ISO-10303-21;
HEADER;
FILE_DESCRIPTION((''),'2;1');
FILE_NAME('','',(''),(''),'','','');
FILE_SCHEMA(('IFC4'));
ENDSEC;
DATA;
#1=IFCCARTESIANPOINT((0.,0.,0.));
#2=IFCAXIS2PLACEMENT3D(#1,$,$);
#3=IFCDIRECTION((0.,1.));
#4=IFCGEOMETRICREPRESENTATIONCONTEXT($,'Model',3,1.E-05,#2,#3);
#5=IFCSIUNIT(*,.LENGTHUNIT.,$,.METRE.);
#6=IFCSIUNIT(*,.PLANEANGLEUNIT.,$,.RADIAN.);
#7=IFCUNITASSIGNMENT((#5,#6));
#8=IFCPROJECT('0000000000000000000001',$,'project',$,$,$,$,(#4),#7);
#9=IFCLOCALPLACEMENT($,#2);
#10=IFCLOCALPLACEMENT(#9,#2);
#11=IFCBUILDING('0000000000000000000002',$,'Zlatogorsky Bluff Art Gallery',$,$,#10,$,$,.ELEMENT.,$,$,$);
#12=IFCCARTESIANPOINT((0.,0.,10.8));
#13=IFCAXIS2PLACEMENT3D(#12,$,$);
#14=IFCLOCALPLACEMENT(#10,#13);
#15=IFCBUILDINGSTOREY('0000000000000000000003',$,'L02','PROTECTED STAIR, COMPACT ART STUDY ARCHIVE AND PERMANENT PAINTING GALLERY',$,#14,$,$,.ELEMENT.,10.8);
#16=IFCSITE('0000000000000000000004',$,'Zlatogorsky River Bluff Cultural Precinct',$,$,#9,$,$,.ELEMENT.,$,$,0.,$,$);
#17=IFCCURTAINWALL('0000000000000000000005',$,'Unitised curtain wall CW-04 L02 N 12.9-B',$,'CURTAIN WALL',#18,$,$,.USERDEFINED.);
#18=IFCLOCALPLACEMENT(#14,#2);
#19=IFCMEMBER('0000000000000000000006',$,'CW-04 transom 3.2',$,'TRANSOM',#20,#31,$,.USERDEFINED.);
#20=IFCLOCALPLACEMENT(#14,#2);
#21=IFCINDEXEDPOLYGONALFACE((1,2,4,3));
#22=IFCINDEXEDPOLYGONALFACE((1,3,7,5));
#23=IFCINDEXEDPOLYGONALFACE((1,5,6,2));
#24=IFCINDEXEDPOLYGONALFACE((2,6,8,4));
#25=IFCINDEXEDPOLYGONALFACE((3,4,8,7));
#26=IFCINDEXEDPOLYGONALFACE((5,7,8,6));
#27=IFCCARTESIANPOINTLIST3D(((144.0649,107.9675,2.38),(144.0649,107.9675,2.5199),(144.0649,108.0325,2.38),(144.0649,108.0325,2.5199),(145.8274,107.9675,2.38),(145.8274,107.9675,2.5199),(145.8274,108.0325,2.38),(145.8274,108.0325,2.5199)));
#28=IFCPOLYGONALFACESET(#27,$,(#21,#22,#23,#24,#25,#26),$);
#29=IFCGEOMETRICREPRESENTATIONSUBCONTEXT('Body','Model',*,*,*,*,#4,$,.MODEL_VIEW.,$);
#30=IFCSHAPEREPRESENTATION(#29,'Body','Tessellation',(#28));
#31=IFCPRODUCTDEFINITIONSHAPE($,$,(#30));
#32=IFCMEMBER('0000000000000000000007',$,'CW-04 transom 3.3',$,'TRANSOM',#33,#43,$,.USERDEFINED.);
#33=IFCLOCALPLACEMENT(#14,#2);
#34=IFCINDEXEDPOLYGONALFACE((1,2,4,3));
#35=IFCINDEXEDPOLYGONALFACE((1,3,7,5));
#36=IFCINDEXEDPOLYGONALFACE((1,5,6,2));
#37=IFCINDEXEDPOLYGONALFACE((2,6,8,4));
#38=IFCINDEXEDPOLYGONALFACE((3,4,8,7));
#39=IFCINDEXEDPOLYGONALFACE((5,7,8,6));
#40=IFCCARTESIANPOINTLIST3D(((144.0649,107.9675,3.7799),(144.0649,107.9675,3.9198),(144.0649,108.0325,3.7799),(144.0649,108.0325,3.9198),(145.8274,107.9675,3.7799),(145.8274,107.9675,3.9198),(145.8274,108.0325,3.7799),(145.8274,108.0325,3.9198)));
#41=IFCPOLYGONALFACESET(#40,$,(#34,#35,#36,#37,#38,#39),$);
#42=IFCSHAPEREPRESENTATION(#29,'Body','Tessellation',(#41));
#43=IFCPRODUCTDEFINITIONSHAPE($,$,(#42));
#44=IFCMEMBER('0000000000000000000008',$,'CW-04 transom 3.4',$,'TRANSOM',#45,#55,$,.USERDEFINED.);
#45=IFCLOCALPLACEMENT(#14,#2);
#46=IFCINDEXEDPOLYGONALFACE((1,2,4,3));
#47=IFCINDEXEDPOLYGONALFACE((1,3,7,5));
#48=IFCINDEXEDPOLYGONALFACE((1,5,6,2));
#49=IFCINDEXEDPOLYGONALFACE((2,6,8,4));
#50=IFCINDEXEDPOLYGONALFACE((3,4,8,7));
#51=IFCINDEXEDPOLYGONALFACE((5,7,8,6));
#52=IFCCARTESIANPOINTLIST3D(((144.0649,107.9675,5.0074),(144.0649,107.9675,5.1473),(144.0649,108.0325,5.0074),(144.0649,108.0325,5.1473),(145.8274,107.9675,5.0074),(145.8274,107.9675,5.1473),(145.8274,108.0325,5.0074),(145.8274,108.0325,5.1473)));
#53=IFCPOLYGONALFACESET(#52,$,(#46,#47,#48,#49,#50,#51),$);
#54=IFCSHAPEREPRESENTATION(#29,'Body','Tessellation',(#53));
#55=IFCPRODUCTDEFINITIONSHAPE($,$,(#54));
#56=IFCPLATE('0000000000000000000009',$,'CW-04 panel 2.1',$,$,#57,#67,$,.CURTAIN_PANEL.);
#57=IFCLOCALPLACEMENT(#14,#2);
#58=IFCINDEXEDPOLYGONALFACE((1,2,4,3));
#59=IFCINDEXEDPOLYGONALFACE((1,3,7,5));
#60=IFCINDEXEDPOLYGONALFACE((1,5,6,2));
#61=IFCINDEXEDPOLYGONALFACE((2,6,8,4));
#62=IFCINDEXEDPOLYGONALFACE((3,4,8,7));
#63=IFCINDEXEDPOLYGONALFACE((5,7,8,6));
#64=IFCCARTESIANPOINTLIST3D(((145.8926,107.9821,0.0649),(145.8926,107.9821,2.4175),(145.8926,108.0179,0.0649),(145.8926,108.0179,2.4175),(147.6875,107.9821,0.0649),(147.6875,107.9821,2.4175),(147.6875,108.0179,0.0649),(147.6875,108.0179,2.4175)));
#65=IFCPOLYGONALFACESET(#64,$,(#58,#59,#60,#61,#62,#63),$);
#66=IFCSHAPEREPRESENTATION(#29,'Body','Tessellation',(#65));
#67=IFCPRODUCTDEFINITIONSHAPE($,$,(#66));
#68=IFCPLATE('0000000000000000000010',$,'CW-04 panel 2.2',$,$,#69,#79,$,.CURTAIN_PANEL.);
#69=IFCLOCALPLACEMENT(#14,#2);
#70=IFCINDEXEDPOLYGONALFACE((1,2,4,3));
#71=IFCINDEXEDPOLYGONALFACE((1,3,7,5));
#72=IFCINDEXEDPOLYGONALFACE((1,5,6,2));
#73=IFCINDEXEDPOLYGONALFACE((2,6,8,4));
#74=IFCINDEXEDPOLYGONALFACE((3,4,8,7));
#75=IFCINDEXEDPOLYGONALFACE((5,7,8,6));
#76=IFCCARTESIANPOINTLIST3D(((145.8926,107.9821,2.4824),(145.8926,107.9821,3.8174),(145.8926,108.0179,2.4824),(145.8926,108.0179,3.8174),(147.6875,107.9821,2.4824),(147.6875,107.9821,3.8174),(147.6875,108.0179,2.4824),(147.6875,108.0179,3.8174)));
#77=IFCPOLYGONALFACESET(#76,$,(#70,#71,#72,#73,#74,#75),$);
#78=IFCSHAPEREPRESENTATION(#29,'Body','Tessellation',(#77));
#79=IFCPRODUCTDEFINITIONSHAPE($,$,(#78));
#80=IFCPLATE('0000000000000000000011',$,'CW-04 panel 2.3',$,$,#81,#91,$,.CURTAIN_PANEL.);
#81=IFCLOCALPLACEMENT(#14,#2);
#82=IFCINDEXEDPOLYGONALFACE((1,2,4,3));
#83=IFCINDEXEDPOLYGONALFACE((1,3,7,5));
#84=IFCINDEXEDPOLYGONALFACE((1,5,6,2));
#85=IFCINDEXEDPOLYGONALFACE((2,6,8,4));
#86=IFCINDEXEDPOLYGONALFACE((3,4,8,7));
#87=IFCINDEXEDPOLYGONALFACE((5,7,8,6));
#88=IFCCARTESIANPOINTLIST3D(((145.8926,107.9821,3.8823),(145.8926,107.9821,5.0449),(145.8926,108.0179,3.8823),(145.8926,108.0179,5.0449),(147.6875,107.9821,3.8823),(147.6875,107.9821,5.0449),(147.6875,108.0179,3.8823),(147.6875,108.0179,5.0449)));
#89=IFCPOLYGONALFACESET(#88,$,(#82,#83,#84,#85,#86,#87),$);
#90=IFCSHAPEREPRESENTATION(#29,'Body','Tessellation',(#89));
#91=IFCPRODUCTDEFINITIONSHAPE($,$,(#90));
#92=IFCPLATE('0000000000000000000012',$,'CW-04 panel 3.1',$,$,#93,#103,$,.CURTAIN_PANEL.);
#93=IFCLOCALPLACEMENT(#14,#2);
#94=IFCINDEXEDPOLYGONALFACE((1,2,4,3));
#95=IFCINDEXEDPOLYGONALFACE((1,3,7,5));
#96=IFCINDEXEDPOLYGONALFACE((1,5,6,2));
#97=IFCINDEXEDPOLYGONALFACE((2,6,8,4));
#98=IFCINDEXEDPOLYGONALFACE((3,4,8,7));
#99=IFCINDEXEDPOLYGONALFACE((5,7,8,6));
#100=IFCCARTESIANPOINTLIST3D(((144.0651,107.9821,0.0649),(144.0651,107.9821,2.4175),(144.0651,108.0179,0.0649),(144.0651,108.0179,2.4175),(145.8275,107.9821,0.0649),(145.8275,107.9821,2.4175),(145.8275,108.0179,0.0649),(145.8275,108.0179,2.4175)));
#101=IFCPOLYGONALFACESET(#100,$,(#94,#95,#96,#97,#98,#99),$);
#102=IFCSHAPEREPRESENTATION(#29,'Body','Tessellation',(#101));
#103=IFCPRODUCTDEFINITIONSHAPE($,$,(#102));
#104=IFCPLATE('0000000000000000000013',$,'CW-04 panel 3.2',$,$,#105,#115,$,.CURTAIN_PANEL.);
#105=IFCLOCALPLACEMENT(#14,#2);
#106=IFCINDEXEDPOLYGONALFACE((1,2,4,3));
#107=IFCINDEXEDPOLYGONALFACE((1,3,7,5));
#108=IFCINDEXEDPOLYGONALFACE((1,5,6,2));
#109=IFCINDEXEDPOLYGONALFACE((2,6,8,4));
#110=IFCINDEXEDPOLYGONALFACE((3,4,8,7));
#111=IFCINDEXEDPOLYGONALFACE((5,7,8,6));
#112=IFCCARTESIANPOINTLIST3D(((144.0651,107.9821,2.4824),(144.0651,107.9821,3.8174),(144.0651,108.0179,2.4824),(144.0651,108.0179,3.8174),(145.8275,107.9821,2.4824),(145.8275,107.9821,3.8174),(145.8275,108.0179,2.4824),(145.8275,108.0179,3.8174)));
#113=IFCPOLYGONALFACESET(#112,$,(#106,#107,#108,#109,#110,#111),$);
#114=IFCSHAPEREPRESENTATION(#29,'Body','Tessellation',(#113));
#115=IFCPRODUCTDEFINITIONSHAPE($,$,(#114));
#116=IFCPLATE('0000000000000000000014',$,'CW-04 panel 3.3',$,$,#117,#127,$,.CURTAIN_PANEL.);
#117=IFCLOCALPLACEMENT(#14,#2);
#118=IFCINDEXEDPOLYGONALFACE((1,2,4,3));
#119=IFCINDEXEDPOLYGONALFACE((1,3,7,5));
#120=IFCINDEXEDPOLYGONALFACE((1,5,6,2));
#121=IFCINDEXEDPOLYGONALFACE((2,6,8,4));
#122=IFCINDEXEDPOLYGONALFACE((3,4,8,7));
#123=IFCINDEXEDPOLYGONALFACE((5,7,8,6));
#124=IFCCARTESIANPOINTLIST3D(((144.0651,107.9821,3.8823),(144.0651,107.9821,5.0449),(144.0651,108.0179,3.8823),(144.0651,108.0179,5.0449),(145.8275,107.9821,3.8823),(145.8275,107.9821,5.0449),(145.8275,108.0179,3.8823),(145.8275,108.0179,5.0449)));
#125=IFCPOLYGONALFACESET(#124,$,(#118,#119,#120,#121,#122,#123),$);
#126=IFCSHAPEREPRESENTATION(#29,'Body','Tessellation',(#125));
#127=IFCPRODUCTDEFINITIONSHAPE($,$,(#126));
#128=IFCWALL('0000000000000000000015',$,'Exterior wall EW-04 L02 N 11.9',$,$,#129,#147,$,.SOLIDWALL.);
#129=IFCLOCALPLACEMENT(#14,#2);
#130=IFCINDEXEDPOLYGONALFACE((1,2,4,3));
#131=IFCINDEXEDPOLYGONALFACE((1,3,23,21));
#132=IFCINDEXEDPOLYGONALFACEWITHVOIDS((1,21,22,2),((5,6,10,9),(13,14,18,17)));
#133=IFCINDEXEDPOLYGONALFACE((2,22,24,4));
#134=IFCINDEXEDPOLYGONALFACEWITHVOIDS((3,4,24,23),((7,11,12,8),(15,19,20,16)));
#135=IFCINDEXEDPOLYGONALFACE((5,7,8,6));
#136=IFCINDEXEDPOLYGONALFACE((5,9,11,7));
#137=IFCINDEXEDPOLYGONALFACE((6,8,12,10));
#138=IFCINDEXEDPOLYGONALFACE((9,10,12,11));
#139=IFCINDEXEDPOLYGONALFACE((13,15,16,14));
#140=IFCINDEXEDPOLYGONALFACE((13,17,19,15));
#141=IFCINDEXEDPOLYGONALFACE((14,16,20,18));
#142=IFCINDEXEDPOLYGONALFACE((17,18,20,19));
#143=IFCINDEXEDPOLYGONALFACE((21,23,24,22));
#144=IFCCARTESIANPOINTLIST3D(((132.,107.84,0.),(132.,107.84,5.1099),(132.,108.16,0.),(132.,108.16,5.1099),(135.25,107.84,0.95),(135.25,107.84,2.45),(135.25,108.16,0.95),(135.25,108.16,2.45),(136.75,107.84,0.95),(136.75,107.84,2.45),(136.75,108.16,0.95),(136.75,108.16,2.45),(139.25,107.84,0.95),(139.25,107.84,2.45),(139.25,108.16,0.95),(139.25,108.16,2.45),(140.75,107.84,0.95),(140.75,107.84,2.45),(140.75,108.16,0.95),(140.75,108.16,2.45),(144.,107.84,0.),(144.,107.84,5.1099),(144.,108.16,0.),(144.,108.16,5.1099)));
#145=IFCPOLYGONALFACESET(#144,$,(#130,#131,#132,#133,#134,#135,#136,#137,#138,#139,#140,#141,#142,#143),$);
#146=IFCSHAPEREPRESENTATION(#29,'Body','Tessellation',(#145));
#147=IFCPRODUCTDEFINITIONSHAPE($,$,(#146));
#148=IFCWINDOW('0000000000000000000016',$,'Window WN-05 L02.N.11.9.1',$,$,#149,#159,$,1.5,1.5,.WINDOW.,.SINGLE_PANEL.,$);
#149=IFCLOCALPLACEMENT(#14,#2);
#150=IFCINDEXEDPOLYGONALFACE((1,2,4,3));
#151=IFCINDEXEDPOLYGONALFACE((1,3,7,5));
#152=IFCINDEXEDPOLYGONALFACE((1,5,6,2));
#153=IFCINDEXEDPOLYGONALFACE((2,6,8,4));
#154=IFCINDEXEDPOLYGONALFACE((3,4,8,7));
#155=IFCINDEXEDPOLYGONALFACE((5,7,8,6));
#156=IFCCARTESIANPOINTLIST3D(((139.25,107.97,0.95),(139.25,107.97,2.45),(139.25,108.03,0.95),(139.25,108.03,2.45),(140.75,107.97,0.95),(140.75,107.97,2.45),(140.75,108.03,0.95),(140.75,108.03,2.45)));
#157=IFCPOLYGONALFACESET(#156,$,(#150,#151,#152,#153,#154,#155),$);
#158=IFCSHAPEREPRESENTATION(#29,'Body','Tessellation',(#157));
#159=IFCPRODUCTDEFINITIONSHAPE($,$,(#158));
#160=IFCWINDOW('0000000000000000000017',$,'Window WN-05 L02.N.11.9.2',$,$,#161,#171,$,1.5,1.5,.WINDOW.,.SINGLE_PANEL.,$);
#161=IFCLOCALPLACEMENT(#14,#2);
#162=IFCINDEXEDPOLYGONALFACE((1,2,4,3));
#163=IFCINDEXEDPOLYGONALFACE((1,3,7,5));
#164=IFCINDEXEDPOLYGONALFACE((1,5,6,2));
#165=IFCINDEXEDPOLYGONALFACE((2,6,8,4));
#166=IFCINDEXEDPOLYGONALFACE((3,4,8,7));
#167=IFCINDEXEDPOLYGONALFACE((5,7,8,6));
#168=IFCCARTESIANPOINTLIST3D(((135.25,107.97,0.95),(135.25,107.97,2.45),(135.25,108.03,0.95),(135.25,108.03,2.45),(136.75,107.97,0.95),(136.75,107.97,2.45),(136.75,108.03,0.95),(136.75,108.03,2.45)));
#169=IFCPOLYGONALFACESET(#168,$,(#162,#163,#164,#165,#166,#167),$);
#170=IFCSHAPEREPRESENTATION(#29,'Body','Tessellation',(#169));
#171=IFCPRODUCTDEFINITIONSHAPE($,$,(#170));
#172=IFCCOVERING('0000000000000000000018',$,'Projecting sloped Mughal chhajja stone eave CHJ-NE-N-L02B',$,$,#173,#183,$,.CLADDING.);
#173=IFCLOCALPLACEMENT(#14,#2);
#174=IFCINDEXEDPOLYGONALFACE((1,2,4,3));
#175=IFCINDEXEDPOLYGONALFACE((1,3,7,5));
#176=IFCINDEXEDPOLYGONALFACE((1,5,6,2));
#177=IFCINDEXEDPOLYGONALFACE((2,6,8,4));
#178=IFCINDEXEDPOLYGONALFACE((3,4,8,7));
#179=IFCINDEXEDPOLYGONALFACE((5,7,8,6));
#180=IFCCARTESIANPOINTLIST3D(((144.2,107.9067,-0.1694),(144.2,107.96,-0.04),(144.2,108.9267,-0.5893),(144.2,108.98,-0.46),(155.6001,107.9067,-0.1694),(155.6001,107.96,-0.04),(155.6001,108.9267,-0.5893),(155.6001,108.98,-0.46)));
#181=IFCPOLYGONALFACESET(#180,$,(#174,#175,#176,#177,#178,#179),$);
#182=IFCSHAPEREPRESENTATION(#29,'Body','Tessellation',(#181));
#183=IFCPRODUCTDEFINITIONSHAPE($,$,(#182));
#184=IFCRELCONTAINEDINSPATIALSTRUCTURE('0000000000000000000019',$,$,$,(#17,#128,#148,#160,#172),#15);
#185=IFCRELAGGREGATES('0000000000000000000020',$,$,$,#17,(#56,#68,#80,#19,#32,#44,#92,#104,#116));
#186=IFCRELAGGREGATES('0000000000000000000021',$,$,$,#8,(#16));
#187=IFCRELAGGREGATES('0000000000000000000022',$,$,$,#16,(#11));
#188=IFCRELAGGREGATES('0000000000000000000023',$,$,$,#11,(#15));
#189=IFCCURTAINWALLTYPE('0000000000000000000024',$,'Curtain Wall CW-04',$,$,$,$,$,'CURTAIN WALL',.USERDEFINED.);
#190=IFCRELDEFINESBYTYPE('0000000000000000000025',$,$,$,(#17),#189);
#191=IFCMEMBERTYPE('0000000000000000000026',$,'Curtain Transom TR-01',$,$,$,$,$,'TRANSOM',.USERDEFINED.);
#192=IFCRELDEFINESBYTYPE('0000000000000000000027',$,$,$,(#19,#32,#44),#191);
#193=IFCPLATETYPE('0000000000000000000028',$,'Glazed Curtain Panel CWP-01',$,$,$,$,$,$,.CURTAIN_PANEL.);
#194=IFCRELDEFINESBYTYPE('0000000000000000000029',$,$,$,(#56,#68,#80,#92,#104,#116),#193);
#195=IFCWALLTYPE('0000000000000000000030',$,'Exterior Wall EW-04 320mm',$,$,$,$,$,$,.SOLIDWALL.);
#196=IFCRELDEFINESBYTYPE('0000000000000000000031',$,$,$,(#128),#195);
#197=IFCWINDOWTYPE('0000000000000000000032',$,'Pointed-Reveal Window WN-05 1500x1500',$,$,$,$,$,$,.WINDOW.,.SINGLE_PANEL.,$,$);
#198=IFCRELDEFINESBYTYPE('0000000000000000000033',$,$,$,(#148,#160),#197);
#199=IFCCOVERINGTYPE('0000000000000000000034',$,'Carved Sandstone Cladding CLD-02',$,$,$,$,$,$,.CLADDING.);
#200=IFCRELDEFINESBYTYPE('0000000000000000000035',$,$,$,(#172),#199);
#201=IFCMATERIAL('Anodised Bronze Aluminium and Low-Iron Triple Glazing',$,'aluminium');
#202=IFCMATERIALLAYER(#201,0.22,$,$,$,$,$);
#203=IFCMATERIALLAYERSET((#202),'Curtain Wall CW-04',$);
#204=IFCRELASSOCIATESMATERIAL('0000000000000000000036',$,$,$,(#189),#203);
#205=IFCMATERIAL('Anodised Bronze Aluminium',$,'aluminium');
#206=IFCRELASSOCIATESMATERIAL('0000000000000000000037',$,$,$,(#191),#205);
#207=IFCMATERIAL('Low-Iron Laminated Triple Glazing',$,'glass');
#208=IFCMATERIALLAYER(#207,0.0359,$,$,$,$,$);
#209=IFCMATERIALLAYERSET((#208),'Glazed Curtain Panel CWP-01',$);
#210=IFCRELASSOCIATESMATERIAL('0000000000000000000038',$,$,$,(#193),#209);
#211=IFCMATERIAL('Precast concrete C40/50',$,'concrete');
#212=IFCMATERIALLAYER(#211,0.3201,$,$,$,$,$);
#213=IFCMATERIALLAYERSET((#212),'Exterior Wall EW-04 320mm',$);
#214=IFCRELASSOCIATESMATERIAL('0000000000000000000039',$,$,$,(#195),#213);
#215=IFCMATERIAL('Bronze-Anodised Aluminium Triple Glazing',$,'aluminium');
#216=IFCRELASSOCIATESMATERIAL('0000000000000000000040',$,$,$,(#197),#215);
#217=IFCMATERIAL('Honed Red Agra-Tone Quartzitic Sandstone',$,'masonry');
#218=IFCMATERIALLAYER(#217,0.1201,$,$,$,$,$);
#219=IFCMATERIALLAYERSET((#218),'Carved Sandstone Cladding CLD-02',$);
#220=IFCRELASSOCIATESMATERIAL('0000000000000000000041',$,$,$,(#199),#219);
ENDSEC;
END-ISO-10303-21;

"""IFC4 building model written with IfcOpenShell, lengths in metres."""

from ifc_helpers import new_model, si_unit, direction, frame, frame_2d, origin, origin_2d, place, context, subcontext, project, spatial, polyline, rectangle, outline, extrude, material, layer, layer_set, material_profile, profile_set, type_object, element, fill, aggregate, save


model = new_model("IFC4")

# Units and contexts
model_context = context("Model", 3, precision=1e-05, world=origin(), true_north=direction((0.0, 1.0)))
body_context = subcontext(model_context, "Body", "Model", "MODEL_VIEW")
ifc_project = project(units=[si_unit("LENGTHUNIT", "METRE"), si_unit("PLANEANGLEUNIT", "RADIAN")], contexts=[model_context])

# Site, building, storey
site_placement = place(None, origin())
site = spatial("IfcSite", under=ifc_project, at=site_placement, Name="Zlatogorsky River Bluff Cultural Precinct", CompositionType="ELEMENT", RefElevation=0.0)
building_placement = place(site_placement, origin())
building = spatial("IfcBuilding", under=site, at=building_placement, Name="Zlatogorsky Bluff Art Gallery", CompositionType="ELEMENT")
storey_placement = place(building_placement, frame((0.0, 0.0, 10.8)))
storey = spatial("IfcBuildingStorey", under=building, at=storey_placement, Name="L02", Description="PROTECTED STAIR, COMPACT ART STUDY ARCHIVE AND PERMANENT PAINTING GALLERY", CompositionType="ELEMENT", Elevation=10.8)

# Curtain wall, members, plates
ifc_material_1 = material(Name="Anodised Bronze Aluminium and Low-Iron Triple Glazing", Category="aluminium")
ifc_layer_1 = layer(ifc_material_1, 0.22)
ifc_layer_set_1 = layer_set([ifc_layer_1], Name="Curtain Wall CW-04")
curtain_wall_type = type_object("IfcCurtainWallType", Name="Curtain Wall CW-04", ElementType="CURTAIN WALL", PredefinedType="USERDEFINED", material=ifc_layer_set_1)
curtain_wall_placement = place(storey_placement, origin())
curtain_wall = element("IfcCurtainWall", 1, at=curtain_wall_placement, inside=storey, type_object=curtain_wall_type, Name="Unitised curtain wall CW-04 L02 N 12.9-B", ObjectType="CURTAIN WALL", PredefinedType="USERDEFINED")
ifc_material_2 = material(Name="Anodised Bronze Aluminium", Category="aluminium")
ifc_material_profile_1 = material_profile(ifc_material_2, rectangle(XDim=0.0649, YDim=0.1399, at=origin_2d()), Name="ALU TRANSOM 65x140")
ifc_profile_set_1 = profile_set([ifc_material_profile_1], Name="Anodised Bronze Aluminium")
member_type_1 = type_object("IfcMemberType", Name="Curtain Transom TR-01", ElementType="TRANSOM", PredefinedType="USERDEFINED", material=ifc_profile_set_1)
member_1_placement = place(storey_placement, frame((145.8274, 108.0, 2.45), z_axis=(-1.0, 0.0, 0.0), x_axis=(0.0, -1.0, 0.0)))
member_1 = element("IfcMember", 2, at=member_1_placement, type_object=member_type_1, Name="CW-04 transom 3.2", ObjectType="TRANSOM", PredefinedType="USERDEFINED", context=body_context, shape_type="SweptSolid", body=[
    extrude(rectangle(XDim=0.0649, YDim=0.1399, at=origin_2d()), origin(), (0.0, 0.0, 1.0), 1.7625),
])
member_2_placement = place(storey_placement, frame((145.8274, 108.0, 3.8499), z_axis=(-1.0, 0.0, 0.0), x_axis=(0.0, -1.0, 0.0)))
member_2 = element("IfcMember", 3, at=member_2_placement, type_object=member_type_1, Name="CW-04 transom 3.3", ObjectType="TRANSOM", PredefinedType="USERDEFINED", context=body_context, shape_type="SweptSolid", body=[
    extrude(rectangle(XDim=0.0649, YDim=0.1399, at=origin_2d()), origin(), (0.0, 0.0, 1.0), 1.7625),
])
member_3_placement = place(storey_placement, frame((145.8274, 108.0, 5.0774), z_axis=(-1.0, 0.0, 0.0), x_axis=(0.0, -1.0, 0.0)))
member_3 = element("IfcMember", 4, at=member_3_placement, type_object=member_type_1, Name="CW-04 transom 3.4", ObjectType="TRANSOM", PredefinedType="USERDEFINED", context=body_context, shape_type="SweptSolid", body=[
    extrude(rectangle(XDim=0.0649, YDim=0.1399, at=origin_2d()), origin(), (0.0, 0.0, 1.0), 1.7625),
])
ifc_material_3 = material(Name="Low-Iron Laminated Triple Glazing", Category="glass")
ifc_layer_2 = layer(ifc_material_3, 0.0359)
ifc_layer_set_2 = layer_set([ifc_layer_2], Name="Glazed Curtain Panel CWP-01")
plate_type = type_object("IfcPlateType", Name="Glazed Curtain Panel CWP-01", PredefinedType="CURTAIN_PANEL", material=ifc_layer_set_2)
plate_1_placement = place(storey_placement, frame((146.79, 108.0, 0.0649), z_axis=(0.0, 0.0, 1.0), x_axis=(-1.0, 0.0, 0.0)))
plate_1 = element("IfcPlate", 5, at=plate_1_placement, type_object=plate_type, Name="CW-04 panel 2.1", PredefinedType="CURTAIN_PANEL", context=body_context, shape_type="SweptSolid", body=[
    extrude(rectangle(XDim=1.7949, YDim=0.0359, at=origin_2d()), origin(), (0.0, 0.0, 1.0), 2.3525),
])
plate_2_placement = place(storey_placement, frame((146.79, 108.0, 2.4824), z_axis=(0.0, 0.0, 1.0), x_axis=(-1.0, 0.0, 0.0)))
plate_2 = element("IfcPlate", 6, at=plate_2_placement, type_object=plate_type, Name="CW-04 panel 2.2", PredefinedType="CURTAIN_PANEL", context=body_context, shape_type="SweptSolid", body=[
    extrude(rectangle(XDim=1.7949, YDim=0.0359, at=origin_2d()), origin(), (0.0, 0.0, 1.0), 1.335),
])
plate_3_placement = place(storey_placement, frame((146.79, 108.0, 3.8823), z_axis=(0.0, 0.0, 1.0), x_axis=(-1.0, 0.0, 0.0)))
plate_3 = element("IfcPlate", 7, at=plate_3_placement, type_object=plate_type, Name="CW-04 panel 2.3", PredefinedType="CURTAIN_PANEL", context=body_context, shape_type="SweptSolid", body=[
    extrude(rectangle(XDim=1.7949, YDim=0.0359, at=origin_2d()), origin(), (0.0, 0.0, 1.0), 1.1626),
])
plate_4_placement = place(storey_placement, frame((144.9463, 108.0, 0.0649), z_axis=(0.0, 0.0, 1.0), x_axis=(-1.0, 0.0, 0.0)))
plate_4 = element("IfcPlate", 8, at=plate_4_placement, type_object=plate_type, Name="CW-04 panel 3.1", PredefinedType="CURTAIN_PANEL", context=body_context, shape_type="SweptSolid", body=[
    extrude(rectangle(XDim=1.7625, YDim=0.0359, at=origin_2d()), origin(), (0.0, 0.0, 1.0), 2.3525),
])
plate_5_placement = place(storey_placement, frame((144.9463, 108.0, 2.4824), z_axis=(0.0, 0.0, 1.0), x_axis=(-1.0, 0.0, 0.0)))
plate_5 = element("IfcPlate", 9, at=plate_5_placement, type_object=plate_type, Name="CW-04 panel 3.2", PredefinedType="CURTAIN_PANEL", context=body_context, shape_type="SweptSolid", body=[
    extrude(rectangle(XDim=1.7625, YDim=0.0359, at=origin_2d()), origin(), (0.0, 0.0, 1.0), 1.335),
])
plate_6_placement = place(storey_placement, frame((144.9463, 108.0, 3.8823), z_axis=(0.0, 0.0, 1.0), x_axis=(-1.0, 0.0, 0.0)))
plate_6 = element("IfcPlate", 10, at=plate_6_placement, type_object=plate_type, Name="CW-04 panel 3.3", PredefinedType="CURTAIN_PANEL", context=body_context, shape_type="SweptSolid", body=[
    extrude(rectangle(XDim=1.7625, YDim=0.0359, at=origin_2d()), origin(), (0.0, 0.0, 1.0), 1.1626),
])
aggregate(curtain_wall, [plate_1, plate_2, plate_3, member_1, member_2, member_3, plate_4, plate_5, plate_6])

# Wall, openings, windows
ifc_material_4 = material(Name="Precast concrete C40/50", Category="concrete")
ifc_layer_3 = layer(ifc_material_4, 0.3201)
ifc_layer_set_3 = layer_set([ifc_layer_3], Name="Exterior Wall EW-04 320mm")
wall_type = type_object("IfcWallType", Name="Exterior Wall EW-04 320mm", PredefinedType="SOLIDWALL", material=ifc_layer_set_3)
wall_placement = place(storey_placement, frame((144.0, 108.0, 0.0), z_axis=(0.0, 0.0, 1.0), x_axis=(-1.0, 0.0, 0.0)))
wall = element("IfcWall", 11, at=wall_placement, inside=storey, type_object=wall_type, Name="Exterior wall EW-04 L02 N 11.9", PredefinedType="SOLIDWALL", context=body_context, shape_type="SweptSolid", body=[
    extrude(rectangle(XDim=12.0, YDim=0.3201, at=frame_2d((6.0, 0.0))), origin(), (0.0, 0.0, 1.0), 5.1099),
])
opening_1_placement = place(wall_placement, frame((3.25, 0.0, 0.95)))
opening_1 = element("IfcOpeningElement", 12, at=opening_1_placement, cuts=wall, PredefinedType="OPENING", context=body_context, shape_type="SweptSolid", body=[
    extrude(rectangle(XDim=1.5, YDim=1.5, at=frame_2d((0.75, 0.75))), frame((0.0, 0.1699, 0.0), z_axis=(0.0, -1.0, 0.0), x_axis=(1.0, 0.0, 0.0)), (0.0, 0.0, 1.0), 0.3401),
])
opening_2_placement = place(wall_placement, frame((7.25, 0.0, 0.95)))
opening_2 = element("IfcOpeningElement", 13, at=opening_2_placement, cuts=wall, PredefinedType="OPENING", context=body_context, shape_type="SweptSolid", body=[
    extrude(rectangle(XDim=1.5, YDim=1.5, at=frame_2d((0.75, 0.75))), frame((0.0, 0.1699, 0.0), z_axis=(0.0, -1.0, 0.0), x_axis=(1.0, 0.0, 0.0)), (0.0, 0.0, 1.0), 0.3401),
])
ifc_material_5 = material(Name="Bronze-Anodised Aluminium Triple Glazing", Category="aluminium")
window_type = type_object("IfcWindowType", Name="Pointed-Reveal Window WN-05 1500x1500", PartitioningType="SINGLE_PANEL", PredefinedType="WINDOW", material=ifc_material_5)
window_1_placement = place(opening_1_placement, origin())
window_1 = element("IfcWindow", 14, at=window_1_placement, inside=storey, type_object=window_type, Name="Window WN-05 L02.N.11.9.1", OverallHeight=1.5, OverallWidth=1.5, PartitioningType="SINGLE_PANEL", PredefinedType="WINDOW", context=body_context, shape_type="SweptSolid", body=[
    extrude(rectangle(XDim=1.5, YDim=1.5, at=frame_2d((0.75, 0.75))), frame((0.0, 0.03, 0.0), z_axis=(0.0, -1.0, 0.0), x_axis=(1.0, 0.0, 0.0)), (0.0, 0.0, 1.0), 0.0601),
])
fill(opening_1, window_1)
window_2_placement = place(opening_2_placement, origin())
window_2 = element("IfcWindow", 15, at=window_2_placement, inside=storey, type_object=window_type, Name="Window WN-05 L02.N.11.9.2", OverallHeight=1.5, OverallWidth=1.5, PartitioningType="SINGLE_PANEL", PredefinedType="WINDOW", context=body_context, shape_type="SweptSolid", body=[
    extrude(rectangle(XDim=1.5, YDim=1.5, at=frame_2d((0.75, 0.75))), frame((0.0, 0.03, 0.0), z_axis=(0.0, -1.0, 0.0), x_axis=(1.0, 0.0, 0.0)), (0.0, 0.0, 1.0), 0.0601),
])
fill(opening_2, window_2)

# Covering
ifc_material_6 = material(Name="Honed Red Agra-Tone Quartzitic Sandstone", Category="masonry")
ifc_layer_4 = layer(ifc_material_6, 0.1201)
ifc_layer_set_4 = layer_set([ifc_layer_4], Name="Carved Sandstone Cladding CLD-02")
covering_type = type_object("IfcCoveringType", Name="Carved Sandstone Cladding CLD-02", PredefinedType="CLADDING", material=ifc_layer_set_4)
covering_placement = place(storey_placement, frame((144.2, 107.96, -0.04), z_axis=(0.0, 0.380683, 0.924706), x_axis=(1.0, 0.0, 0.0)))
element("IfcCovering", 16, at=covering_placement, inside=storey, type_object=covering_type, Name="Projecting sloped Mughal chhajja stone eave CHJ-NE-N-L02B", PredefinedType="CLADDING", context=body_context, shape_type="SweptSolid", body=[
    extrude(outline(polyline([(0.0, 0.0), (11.4001, 0.0), (11.4001, 1.1031), (0.0, 1.1031), (0.0, 0.0)])), origin(), (0.0, 0.0, -1.0), 0.1399),
])

save(model, "model.ifc")
